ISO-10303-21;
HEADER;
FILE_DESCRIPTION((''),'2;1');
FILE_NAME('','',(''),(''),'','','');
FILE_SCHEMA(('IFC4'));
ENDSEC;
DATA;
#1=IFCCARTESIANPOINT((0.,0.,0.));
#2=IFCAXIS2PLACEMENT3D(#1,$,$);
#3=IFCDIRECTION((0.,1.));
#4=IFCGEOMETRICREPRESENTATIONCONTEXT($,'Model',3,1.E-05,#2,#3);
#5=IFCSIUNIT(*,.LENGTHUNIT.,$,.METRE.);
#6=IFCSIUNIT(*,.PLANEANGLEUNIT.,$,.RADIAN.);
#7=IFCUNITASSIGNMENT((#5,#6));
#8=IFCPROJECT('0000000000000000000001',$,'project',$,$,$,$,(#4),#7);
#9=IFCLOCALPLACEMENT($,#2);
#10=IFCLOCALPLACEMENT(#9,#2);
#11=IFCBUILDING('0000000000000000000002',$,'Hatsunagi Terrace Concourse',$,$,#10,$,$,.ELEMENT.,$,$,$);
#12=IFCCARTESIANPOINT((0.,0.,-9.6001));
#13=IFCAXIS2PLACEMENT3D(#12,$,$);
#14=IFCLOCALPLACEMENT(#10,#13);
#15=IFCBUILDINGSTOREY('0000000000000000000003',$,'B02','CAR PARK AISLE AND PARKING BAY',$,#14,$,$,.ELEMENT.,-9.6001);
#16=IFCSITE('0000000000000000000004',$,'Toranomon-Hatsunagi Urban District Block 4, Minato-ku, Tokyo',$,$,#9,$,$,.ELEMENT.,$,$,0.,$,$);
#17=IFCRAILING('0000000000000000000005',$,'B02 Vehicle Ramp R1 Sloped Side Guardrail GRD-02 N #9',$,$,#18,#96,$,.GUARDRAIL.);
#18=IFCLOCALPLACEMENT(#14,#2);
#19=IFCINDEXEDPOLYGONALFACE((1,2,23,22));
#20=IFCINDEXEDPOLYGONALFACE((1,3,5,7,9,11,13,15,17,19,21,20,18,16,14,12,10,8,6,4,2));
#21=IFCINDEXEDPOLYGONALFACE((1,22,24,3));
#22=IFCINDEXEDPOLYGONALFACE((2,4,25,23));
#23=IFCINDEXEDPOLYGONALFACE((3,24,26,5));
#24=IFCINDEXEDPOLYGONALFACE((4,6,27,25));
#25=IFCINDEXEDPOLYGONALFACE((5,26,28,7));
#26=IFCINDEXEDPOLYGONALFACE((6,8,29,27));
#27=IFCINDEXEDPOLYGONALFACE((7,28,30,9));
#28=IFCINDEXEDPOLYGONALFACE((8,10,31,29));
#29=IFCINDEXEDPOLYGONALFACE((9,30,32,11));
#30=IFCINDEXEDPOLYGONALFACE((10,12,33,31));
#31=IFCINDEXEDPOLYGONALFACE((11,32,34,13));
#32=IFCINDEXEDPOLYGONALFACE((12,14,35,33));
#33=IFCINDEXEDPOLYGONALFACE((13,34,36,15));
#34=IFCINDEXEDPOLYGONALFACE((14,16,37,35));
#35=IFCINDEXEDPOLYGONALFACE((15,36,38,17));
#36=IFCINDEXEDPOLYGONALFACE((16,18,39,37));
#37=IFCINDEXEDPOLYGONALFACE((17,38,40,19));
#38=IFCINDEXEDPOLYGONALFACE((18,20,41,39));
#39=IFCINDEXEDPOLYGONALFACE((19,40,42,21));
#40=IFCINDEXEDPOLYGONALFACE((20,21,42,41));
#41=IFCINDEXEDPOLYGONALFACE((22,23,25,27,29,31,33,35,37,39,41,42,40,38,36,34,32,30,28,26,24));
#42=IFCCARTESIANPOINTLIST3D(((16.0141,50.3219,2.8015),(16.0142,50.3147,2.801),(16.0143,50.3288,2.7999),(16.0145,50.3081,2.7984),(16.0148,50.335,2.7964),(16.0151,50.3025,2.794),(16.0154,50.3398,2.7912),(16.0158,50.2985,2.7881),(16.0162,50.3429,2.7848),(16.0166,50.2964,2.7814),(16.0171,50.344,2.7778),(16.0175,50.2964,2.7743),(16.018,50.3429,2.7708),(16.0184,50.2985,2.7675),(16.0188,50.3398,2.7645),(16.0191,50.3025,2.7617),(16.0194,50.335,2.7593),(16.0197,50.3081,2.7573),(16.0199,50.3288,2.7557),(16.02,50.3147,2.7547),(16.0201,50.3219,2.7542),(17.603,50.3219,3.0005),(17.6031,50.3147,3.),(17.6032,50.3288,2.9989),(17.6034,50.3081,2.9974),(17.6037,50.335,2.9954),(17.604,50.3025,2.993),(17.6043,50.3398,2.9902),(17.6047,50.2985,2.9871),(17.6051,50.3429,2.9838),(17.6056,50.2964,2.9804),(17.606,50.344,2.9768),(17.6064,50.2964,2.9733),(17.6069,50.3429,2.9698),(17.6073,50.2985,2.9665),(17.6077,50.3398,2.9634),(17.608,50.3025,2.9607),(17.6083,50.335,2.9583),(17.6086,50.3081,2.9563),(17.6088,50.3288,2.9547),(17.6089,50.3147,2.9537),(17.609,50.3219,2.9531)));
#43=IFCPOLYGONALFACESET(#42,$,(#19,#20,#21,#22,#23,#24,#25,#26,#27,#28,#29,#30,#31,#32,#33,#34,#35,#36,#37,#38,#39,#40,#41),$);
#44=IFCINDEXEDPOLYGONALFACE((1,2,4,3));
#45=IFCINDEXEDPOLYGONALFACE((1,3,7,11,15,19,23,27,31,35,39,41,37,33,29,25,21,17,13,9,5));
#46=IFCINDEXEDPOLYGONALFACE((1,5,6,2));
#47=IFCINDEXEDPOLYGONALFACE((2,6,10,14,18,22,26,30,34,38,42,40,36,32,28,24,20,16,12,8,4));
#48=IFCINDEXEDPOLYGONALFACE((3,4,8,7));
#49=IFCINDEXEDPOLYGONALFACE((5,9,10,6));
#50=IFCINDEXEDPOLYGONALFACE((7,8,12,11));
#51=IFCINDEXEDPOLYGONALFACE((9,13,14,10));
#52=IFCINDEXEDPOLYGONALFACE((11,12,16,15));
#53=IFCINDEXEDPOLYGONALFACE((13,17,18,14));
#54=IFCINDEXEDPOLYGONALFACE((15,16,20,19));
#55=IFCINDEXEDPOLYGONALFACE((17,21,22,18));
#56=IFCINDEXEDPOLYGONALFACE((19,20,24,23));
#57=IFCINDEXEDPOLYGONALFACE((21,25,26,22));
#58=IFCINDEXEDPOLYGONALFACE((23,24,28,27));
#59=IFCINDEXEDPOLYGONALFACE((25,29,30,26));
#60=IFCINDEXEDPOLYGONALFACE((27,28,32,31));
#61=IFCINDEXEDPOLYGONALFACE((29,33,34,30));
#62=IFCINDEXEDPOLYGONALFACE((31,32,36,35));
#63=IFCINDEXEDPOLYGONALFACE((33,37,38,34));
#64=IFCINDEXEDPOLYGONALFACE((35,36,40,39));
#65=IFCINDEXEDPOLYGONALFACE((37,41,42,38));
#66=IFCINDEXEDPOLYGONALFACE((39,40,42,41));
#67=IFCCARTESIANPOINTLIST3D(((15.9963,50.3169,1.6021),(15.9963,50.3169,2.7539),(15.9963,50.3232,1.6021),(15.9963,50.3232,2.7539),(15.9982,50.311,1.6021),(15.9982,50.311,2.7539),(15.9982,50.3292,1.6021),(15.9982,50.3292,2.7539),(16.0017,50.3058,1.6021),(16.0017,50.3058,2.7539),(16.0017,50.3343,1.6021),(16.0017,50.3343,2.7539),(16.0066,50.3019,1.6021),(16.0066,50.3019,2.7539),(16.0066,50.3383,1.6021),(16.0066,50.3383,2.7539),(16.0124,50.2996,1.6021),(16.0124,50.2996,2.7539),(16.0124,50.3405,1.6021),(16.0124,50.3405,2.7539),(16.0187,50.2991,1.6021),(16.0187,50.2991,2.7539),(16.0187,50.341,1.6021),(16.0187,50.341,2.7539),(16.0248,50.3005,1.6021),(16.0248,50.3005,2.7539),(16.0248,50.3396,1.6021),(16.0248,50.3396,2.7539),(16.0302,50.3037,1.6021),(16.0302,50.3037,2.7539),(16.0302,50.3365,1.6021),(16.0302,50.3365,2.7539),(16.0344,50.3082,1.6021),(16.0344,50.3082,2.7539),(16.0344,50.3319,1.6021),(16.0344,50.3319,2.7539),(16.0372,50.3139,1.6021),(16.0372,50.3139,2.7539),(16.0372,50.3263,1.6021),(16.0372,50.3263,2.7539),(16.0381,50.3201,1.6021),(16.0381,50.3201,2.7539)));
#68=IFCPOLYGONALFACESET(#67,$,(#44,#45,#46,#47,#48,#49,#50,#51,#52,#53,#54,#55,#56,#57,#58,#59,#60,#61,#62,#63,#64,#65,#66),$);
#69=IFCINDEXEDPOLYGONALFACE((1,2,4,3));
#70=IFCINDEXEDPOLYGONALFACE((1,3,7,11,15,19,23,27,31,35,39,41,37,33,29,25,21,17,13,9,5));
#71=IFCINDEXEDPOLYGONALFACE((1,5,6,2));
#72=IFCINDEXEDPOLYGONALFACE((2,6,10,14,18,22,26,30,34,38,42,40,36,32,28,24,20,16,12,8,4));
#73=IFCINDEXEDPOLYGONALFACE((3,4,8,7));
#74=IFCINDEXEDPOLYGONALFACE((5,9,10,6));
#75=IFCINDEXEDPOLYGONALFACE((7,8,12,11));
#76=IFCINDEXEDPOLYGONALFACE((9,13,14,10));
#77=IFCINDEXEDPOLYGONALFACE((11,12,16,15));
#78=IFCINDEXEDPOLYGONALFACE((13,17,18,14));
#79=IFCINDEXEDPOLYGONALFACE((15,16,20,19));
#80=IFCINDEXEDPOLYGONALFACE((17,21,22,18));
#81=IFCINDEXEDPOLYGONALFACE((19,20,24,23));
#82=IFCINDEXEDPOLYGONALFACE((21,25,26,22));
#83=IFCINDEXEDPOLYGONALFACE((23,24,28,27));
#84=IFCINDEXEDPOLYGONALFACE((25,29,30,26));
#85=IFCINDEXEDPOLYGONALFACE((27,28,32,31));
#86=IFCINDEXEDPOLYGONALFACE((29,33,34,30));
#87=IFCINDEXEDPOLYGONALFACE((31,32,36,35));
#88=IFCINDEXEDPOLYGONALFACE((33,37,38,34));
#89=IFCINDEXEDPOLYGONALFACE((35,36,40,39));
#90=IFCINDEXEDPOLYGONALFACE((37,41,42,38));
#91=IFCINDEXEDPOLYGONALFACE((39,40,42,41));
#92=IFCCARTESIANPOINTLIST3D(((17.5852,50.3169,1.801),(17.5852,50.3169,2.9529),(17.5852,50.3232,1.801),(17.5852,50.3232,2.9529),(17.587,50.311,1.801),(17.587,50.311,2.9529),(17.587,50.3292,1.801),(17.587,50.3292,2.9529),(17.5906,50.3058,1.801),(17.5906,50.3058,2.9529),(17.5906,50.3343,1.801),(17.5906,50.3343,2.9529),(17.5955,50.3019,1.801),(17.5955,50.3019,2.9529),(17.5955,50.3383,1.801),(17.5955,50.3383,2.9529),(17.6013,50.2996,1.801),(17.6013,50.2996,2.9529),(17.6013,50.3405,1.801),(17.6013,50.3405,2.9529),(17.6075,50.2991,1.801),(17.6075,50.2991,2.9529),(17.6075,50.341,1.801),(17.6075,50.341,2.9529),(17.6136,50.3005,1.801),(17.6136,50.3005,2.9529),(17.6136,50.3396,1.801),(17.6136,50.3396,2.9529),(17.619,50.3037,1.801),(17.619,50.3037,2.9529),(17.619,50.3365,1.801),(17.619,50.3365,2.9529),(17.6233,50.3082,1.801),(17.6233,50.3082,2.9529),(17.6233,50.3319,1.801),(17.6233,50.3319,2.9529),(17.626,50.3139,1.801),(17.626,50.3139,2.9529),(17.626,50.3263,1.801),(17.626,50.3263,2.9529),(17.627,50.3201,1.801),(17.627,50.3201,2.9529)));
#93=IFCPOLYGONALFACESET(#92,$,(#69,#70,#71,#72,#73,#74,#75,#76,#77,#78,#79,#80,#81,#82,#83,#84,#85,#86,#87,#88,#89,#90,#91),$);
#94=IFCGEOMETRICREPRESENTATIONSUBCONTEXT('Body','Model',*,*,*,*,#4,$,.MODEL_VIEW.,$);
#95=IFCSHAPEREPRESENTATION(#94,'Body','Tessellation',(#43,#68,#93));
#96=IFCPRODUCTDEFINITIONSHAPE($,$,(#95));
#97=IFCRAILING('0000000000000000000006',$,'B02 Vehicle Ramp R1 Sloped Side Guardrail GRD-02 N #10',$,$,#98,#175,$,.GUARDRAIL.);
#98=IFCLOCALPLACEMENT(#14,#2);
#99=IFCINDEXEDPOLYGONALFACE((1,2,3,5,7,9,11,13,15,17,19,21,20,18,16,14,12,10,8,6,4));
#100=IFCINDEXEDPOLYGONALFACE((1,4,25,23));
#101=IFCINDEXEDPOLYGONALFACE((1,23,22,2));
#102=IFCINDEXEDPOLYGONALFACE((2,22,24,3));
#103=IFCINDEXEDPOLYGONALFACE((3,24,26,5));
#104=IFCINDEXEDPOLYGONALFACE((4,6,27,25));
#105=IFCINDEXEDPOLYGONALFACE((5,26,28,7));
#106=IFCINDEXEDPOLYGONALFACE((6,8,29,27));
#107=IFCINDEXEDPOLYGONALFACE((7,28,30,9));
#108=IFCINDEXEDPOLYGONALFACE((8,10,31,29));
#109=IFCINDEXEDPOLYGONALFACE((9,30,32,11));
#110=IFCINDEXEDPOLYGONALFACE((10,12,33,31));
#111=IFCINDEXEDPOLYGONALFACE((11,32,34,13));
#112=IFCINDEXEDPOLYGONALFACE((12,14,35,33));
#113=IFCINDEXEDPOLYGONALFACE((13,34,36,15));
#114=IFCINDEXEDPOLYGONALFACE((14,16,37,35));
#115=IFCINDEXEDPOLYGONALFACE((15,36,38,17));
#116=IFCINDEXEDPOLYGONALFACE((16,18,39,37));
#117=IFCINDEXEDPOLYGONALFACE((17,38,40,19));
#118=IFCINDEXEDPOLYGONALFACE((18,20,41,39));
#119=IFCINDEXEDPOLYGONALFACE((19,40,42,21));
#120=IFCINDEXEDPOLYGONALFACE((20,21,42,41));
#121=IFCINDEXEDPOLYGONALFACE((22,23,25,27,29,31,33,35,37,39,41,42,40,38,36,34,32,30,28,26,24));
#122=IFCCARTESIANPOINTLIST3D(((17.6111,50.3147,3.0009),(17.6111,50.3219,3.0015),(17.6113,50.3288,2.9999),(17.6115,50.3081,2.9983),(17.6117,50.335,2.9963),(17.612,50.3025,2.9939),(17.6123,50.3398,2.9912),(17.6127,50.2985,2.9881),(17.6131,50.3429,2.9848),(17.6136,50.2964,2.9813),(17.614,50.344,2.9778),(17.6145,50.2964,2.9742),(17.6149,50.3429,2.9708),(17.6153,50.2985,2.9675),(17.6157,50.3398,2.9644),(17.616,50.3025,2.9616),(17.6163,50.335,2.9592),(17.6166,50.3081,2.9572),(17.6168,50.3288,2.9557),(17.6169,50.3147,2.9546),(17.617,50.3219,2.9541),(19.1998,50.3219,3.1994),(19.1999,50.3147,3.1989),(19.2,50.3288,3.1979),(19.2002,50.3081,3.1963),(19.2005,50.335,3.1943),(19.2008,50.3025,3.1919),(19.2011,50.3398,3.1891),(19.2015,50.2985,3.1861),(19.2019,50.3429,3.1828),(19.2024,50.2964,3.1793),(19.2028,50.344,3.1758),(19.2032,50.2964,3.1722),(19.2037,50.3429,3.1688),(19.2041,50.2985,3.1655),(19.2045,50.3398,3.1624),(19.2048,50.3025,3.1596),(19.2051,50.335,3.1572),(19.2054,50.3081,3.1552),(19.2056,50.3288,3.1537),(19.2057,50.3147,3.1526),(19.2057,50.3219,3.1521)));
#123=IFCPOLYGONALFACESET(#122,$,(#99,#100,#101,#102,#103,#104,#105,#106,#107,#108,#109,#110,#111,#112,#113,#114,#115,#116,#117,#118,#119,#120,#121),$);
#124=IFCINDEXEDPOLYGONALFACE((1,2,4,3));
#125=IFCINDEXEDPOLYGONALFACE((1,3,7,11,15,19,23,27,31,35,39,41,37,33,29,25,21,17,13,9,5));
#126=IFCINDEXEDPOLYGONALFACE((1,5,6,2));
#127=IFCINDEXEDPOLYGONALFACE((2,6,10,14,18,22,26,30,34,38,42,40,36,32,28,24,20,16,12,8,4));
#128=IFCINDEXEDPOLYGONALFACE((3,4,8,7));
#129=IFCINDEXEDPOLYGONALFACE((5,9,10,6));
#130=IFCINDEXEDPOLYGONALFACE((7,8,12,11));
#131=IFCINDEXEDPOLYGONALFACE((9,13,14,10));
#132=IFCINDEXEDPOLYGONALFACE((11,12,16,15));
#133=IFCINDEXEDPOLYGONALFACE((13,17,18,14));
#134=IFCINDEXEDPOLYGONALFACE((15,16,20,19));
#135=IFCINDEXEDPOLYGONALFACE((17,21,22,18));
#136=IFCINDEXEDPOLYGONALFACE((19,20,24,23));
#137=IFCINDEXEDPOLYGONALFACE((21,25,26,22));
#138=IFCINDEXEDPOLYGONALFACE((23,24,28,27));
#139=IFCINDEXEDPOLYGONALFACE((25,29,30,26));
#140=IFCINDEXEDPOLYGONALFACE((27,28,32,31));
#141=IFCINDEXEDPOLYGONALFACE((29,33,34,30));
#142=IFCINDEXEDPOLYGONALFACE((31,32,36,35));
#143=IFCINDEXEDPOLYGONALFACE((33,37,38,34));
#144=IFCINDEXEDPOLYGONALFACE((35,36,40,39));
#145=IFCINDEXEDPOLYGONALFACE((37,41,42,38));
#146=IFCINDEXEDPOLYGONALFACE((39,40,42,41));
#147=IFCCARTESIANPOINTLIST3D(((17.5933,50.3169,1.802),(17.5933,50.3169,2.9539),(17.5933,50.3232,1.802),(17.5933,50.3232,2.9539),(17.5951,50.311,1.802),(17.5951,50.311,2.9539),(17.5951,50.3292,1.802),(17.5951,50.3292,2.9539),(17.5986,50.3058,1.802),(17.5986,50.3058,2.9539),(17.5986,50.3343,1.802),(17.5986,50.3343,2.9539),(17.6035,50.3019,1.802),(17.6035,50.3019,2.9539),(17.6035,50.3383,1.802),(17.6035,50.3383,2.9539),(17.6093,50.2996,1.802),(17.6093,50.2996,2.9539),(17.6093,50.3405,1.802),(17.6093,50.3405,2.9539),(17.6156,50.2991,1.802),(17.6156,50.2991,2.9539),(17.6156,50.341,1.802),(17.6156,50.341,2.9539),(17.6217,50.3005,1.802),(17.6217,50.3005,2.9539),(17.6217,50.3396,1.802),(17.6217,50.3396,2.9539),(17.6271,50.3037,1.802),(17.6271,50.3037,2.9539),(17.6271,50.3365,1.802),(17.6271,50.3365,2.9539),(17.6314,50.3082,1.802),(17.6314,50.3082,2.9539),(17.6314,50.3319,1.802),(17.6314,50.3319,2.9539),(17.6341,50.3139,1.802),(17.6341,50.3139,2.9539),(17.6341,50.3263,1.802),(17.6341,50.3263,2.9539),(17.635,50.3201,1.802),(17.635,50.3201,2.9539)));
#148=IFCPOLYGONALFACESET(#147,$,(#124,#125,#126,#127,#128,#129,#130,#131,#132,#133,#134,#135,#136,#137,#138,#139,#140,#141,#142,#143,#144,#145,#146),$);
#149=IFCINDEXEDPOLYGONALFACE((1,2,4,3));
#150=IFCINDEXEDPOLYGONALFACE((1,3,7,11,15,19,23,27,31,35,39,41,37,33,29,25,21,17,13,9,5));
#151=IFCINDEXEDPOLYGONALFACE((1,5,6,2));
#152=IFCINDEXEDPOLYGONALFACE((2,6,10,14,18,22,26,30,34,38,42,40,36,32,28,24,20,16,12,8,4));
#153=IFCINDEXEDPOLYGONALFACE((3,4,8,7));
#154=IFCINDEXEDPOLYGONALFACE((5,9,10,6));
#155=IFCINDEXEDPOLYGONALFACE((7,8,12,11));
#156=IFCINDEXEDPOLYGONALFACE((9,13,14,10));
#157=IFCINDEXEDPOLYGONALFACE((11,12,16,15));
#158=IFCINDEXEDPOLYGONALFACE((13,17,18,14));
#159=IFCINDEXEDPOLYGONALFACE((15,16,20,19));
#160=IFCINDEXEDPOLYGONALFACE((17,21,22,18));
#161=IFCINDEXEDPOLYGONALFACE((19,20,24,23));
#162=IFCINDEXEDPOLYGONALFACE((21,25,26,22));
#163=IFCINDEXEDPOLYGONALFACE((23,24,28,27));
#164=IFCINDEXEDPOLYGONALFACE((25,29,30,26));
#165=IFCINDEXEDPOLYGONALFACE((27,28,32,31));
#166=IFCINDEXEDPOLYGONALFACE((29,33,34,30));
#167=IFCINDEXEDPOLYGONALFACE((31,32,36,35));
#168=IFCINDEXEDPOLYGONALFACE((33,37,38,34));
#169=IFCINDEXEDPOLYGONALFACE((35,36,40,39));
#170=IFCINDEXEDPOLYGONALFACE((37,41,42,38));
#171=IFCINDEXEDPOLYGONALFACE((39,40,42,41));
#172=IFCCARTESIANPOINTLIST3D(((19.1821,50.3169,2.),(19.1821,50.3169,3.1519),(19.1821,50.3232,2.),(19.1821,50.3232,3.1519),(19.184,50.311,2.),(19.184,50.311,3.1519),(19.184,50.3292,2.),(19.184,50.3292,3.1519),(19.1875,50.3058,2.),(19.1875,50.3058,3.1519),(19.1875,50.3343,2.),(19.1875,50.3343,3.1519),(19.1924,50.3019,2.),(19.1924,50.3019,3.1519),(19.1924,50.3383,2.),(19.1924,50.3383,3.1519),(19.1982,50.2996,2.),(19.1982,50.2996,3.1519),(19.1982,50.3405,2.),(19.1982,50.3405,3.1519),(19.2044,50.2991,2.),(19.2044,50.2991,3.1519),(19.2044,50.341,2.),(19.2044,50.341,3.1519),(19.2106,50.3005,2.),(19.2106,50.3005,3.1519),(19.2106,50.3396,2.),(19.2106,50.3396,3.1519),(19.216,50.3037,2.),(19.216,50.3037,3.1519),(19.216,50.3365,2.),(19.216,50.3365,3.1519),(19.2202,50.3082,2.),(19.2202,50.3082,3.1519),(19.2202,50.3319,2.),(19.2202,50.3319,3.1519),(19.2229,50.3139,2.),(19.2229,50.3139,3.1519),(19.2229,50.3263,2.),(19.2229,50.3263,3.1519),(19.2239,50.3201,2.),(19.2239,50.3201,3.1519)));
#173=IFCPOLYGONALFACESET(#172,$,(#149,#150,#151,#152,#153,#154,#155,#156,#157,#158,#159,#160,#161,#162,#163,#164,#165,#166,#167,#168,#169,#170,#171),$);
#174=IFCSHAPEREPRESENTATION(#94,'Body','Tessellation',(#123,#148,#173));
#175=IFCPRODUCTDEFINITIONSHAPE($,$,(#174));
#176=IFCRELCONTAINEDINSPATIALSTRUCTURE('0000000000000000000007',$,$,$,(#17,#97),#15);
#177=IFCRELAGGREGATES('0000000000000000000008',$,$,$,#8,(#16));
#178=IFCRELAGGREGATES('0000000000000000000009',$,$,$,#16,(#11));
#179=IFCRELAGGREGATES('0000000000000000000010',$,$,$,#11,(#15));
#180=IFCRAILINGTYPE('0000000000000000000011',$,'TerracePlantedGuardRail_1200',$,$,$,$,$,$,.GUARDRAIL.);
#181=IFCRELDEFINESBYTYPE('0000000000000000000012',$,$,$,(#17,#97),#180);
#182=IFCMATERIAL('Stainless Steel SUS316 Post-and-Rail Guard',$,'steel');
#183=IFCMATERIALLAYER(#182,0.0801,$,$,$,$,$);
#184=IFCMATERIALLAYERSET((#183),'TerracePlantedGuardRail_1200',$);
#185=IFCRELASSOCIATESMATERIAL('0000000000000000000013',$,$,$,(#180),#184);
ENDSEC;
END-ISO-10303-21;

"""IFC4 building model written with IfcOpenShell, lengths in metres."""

from ifc_helpers import new_model, si_unit, direction, frame, origin, origin_2d, place, context, subcontext, project, spatial, circle, extrude, material, layer, layer_set, type_object, element, save


model = new_model("IFC4")

# Units and contexts
model_context = context("Model", 3, precision=1e-05, world=origin(), true_north=direction((0.0, 1.0)))
body_context = subcontext(model_context, "Body", "Model", "MODEL_VIEW")
ifc_project = project(units=[si_unit("LENGTHUNIT", "METRE"), si_unit("PLANEANGLEUNIT", "RADIAN")], contexts=[model_context])

# Site, building, storey
site_placement = place(None, origin())
site = spatial("IfcSite", under=ifc_project, at=site_placement, Name="Toranomon-Hatsunagi Urban District Block 4, Minato-ku, Tokyo", CompositionType="ELEMENT", RefElevation=0.0)
building_placement = place(site_placement, origin())
building = spatial("IfcBuilding", under=site, at=building_placement, Name="Hatsunagi Terrace Concourse", CompositionType="ELEMENT")
storey_placement = place(building_placement, frame((0.0, 0.0, -9.6001)))
storey = spatial("IfcBuildingStorey", under=building, at=storey_placement, Name="B02", Description="CAR PARK AISLE AND PARKING BAY", CompositionType="ELEMENT", Elevation=-9.6001)

# Railings
ifc_material_1 = material(Name="Stainless Steel SUS316 Post-and-Rail Guard", Category="steel")
ifc_layer_1 = layer(ifc_material_1, 0.0801)
ifc_layer_set_1 = layer_set([ifc_layer_1], Name="TerracePlantedGuardRail_1200")
railing_type = type_object("IfcRailingType", Name="TerracePlantedGuardRail_1200", PredefinedType="GUARDRAIL", material=ifc_layer_set_1)
railing_1_placement = place(storey_placement, frame((16.0171, 50.3201, 1.6021)))
element("IfcRailing", 1, at=railing_1_placement, inside=storey, type_object=railing_type, Name="B02 Vehicle Ramp R1 Sloped Side Guardrail GRD-02 N #9", PredefinedType="GUARDRAIL", context=body_context, shape_type="SweptSolid", body=[
    extrude(circle(Radius=0.0239, at=origin_2d()), frame((0.0, 0.0, 1.1758), z_axis=(0.99225, 0.0, 0.12426), x_axis=(0.0, 1.0, 0.0)), (0.0, 0.0, 1.0), 1.6013),
    extrude(circle(Radius=0.021, at=origin_2d()), origin(), (0.0, 0.0, 1.0), 1.1519),
    extrude(circle(Radius=0.021, at=origin_2d()), frame((1.5889, 0.0, 0.199)), (0.0, 0.0, 1.0), 1.1519),
])
railing_2_placement = place(storey_placement, frame((17.614, 50.3201, 1.802)))
element("IfcRailing", 2, at=railing_2_placement, inside=storey, type_object=railing_type, Name="B02 Vehicle Ramp R1 Sloped Side Guardrail GRD-02 N #10", PredefinedType="GUARDRAIL", context=body_context, shape_type="SweptSolid", body=[
    extrude(circle(Radius=0.0239, at=origin_2d()), frame((0.0, 0.0, 1.1758), z_axis=(0.992325, 0.0, 0.123659), x_axis=(0.0, 1.0, 0.0)), (0.0, 0.0, 1.0), 1.6011),
    extrude(circle(Radius=0.021, at=origin_2d()), origin(), (0.0, 0.0, 1.0), 1.1519),
    extrude(circle(Radius=0.021, at=origin_2d()), frame((1.5889, 0.0, 0.198)), (0.0, 0.0, 1.0), 1.1519),
])

save(model, "model.ifc")
